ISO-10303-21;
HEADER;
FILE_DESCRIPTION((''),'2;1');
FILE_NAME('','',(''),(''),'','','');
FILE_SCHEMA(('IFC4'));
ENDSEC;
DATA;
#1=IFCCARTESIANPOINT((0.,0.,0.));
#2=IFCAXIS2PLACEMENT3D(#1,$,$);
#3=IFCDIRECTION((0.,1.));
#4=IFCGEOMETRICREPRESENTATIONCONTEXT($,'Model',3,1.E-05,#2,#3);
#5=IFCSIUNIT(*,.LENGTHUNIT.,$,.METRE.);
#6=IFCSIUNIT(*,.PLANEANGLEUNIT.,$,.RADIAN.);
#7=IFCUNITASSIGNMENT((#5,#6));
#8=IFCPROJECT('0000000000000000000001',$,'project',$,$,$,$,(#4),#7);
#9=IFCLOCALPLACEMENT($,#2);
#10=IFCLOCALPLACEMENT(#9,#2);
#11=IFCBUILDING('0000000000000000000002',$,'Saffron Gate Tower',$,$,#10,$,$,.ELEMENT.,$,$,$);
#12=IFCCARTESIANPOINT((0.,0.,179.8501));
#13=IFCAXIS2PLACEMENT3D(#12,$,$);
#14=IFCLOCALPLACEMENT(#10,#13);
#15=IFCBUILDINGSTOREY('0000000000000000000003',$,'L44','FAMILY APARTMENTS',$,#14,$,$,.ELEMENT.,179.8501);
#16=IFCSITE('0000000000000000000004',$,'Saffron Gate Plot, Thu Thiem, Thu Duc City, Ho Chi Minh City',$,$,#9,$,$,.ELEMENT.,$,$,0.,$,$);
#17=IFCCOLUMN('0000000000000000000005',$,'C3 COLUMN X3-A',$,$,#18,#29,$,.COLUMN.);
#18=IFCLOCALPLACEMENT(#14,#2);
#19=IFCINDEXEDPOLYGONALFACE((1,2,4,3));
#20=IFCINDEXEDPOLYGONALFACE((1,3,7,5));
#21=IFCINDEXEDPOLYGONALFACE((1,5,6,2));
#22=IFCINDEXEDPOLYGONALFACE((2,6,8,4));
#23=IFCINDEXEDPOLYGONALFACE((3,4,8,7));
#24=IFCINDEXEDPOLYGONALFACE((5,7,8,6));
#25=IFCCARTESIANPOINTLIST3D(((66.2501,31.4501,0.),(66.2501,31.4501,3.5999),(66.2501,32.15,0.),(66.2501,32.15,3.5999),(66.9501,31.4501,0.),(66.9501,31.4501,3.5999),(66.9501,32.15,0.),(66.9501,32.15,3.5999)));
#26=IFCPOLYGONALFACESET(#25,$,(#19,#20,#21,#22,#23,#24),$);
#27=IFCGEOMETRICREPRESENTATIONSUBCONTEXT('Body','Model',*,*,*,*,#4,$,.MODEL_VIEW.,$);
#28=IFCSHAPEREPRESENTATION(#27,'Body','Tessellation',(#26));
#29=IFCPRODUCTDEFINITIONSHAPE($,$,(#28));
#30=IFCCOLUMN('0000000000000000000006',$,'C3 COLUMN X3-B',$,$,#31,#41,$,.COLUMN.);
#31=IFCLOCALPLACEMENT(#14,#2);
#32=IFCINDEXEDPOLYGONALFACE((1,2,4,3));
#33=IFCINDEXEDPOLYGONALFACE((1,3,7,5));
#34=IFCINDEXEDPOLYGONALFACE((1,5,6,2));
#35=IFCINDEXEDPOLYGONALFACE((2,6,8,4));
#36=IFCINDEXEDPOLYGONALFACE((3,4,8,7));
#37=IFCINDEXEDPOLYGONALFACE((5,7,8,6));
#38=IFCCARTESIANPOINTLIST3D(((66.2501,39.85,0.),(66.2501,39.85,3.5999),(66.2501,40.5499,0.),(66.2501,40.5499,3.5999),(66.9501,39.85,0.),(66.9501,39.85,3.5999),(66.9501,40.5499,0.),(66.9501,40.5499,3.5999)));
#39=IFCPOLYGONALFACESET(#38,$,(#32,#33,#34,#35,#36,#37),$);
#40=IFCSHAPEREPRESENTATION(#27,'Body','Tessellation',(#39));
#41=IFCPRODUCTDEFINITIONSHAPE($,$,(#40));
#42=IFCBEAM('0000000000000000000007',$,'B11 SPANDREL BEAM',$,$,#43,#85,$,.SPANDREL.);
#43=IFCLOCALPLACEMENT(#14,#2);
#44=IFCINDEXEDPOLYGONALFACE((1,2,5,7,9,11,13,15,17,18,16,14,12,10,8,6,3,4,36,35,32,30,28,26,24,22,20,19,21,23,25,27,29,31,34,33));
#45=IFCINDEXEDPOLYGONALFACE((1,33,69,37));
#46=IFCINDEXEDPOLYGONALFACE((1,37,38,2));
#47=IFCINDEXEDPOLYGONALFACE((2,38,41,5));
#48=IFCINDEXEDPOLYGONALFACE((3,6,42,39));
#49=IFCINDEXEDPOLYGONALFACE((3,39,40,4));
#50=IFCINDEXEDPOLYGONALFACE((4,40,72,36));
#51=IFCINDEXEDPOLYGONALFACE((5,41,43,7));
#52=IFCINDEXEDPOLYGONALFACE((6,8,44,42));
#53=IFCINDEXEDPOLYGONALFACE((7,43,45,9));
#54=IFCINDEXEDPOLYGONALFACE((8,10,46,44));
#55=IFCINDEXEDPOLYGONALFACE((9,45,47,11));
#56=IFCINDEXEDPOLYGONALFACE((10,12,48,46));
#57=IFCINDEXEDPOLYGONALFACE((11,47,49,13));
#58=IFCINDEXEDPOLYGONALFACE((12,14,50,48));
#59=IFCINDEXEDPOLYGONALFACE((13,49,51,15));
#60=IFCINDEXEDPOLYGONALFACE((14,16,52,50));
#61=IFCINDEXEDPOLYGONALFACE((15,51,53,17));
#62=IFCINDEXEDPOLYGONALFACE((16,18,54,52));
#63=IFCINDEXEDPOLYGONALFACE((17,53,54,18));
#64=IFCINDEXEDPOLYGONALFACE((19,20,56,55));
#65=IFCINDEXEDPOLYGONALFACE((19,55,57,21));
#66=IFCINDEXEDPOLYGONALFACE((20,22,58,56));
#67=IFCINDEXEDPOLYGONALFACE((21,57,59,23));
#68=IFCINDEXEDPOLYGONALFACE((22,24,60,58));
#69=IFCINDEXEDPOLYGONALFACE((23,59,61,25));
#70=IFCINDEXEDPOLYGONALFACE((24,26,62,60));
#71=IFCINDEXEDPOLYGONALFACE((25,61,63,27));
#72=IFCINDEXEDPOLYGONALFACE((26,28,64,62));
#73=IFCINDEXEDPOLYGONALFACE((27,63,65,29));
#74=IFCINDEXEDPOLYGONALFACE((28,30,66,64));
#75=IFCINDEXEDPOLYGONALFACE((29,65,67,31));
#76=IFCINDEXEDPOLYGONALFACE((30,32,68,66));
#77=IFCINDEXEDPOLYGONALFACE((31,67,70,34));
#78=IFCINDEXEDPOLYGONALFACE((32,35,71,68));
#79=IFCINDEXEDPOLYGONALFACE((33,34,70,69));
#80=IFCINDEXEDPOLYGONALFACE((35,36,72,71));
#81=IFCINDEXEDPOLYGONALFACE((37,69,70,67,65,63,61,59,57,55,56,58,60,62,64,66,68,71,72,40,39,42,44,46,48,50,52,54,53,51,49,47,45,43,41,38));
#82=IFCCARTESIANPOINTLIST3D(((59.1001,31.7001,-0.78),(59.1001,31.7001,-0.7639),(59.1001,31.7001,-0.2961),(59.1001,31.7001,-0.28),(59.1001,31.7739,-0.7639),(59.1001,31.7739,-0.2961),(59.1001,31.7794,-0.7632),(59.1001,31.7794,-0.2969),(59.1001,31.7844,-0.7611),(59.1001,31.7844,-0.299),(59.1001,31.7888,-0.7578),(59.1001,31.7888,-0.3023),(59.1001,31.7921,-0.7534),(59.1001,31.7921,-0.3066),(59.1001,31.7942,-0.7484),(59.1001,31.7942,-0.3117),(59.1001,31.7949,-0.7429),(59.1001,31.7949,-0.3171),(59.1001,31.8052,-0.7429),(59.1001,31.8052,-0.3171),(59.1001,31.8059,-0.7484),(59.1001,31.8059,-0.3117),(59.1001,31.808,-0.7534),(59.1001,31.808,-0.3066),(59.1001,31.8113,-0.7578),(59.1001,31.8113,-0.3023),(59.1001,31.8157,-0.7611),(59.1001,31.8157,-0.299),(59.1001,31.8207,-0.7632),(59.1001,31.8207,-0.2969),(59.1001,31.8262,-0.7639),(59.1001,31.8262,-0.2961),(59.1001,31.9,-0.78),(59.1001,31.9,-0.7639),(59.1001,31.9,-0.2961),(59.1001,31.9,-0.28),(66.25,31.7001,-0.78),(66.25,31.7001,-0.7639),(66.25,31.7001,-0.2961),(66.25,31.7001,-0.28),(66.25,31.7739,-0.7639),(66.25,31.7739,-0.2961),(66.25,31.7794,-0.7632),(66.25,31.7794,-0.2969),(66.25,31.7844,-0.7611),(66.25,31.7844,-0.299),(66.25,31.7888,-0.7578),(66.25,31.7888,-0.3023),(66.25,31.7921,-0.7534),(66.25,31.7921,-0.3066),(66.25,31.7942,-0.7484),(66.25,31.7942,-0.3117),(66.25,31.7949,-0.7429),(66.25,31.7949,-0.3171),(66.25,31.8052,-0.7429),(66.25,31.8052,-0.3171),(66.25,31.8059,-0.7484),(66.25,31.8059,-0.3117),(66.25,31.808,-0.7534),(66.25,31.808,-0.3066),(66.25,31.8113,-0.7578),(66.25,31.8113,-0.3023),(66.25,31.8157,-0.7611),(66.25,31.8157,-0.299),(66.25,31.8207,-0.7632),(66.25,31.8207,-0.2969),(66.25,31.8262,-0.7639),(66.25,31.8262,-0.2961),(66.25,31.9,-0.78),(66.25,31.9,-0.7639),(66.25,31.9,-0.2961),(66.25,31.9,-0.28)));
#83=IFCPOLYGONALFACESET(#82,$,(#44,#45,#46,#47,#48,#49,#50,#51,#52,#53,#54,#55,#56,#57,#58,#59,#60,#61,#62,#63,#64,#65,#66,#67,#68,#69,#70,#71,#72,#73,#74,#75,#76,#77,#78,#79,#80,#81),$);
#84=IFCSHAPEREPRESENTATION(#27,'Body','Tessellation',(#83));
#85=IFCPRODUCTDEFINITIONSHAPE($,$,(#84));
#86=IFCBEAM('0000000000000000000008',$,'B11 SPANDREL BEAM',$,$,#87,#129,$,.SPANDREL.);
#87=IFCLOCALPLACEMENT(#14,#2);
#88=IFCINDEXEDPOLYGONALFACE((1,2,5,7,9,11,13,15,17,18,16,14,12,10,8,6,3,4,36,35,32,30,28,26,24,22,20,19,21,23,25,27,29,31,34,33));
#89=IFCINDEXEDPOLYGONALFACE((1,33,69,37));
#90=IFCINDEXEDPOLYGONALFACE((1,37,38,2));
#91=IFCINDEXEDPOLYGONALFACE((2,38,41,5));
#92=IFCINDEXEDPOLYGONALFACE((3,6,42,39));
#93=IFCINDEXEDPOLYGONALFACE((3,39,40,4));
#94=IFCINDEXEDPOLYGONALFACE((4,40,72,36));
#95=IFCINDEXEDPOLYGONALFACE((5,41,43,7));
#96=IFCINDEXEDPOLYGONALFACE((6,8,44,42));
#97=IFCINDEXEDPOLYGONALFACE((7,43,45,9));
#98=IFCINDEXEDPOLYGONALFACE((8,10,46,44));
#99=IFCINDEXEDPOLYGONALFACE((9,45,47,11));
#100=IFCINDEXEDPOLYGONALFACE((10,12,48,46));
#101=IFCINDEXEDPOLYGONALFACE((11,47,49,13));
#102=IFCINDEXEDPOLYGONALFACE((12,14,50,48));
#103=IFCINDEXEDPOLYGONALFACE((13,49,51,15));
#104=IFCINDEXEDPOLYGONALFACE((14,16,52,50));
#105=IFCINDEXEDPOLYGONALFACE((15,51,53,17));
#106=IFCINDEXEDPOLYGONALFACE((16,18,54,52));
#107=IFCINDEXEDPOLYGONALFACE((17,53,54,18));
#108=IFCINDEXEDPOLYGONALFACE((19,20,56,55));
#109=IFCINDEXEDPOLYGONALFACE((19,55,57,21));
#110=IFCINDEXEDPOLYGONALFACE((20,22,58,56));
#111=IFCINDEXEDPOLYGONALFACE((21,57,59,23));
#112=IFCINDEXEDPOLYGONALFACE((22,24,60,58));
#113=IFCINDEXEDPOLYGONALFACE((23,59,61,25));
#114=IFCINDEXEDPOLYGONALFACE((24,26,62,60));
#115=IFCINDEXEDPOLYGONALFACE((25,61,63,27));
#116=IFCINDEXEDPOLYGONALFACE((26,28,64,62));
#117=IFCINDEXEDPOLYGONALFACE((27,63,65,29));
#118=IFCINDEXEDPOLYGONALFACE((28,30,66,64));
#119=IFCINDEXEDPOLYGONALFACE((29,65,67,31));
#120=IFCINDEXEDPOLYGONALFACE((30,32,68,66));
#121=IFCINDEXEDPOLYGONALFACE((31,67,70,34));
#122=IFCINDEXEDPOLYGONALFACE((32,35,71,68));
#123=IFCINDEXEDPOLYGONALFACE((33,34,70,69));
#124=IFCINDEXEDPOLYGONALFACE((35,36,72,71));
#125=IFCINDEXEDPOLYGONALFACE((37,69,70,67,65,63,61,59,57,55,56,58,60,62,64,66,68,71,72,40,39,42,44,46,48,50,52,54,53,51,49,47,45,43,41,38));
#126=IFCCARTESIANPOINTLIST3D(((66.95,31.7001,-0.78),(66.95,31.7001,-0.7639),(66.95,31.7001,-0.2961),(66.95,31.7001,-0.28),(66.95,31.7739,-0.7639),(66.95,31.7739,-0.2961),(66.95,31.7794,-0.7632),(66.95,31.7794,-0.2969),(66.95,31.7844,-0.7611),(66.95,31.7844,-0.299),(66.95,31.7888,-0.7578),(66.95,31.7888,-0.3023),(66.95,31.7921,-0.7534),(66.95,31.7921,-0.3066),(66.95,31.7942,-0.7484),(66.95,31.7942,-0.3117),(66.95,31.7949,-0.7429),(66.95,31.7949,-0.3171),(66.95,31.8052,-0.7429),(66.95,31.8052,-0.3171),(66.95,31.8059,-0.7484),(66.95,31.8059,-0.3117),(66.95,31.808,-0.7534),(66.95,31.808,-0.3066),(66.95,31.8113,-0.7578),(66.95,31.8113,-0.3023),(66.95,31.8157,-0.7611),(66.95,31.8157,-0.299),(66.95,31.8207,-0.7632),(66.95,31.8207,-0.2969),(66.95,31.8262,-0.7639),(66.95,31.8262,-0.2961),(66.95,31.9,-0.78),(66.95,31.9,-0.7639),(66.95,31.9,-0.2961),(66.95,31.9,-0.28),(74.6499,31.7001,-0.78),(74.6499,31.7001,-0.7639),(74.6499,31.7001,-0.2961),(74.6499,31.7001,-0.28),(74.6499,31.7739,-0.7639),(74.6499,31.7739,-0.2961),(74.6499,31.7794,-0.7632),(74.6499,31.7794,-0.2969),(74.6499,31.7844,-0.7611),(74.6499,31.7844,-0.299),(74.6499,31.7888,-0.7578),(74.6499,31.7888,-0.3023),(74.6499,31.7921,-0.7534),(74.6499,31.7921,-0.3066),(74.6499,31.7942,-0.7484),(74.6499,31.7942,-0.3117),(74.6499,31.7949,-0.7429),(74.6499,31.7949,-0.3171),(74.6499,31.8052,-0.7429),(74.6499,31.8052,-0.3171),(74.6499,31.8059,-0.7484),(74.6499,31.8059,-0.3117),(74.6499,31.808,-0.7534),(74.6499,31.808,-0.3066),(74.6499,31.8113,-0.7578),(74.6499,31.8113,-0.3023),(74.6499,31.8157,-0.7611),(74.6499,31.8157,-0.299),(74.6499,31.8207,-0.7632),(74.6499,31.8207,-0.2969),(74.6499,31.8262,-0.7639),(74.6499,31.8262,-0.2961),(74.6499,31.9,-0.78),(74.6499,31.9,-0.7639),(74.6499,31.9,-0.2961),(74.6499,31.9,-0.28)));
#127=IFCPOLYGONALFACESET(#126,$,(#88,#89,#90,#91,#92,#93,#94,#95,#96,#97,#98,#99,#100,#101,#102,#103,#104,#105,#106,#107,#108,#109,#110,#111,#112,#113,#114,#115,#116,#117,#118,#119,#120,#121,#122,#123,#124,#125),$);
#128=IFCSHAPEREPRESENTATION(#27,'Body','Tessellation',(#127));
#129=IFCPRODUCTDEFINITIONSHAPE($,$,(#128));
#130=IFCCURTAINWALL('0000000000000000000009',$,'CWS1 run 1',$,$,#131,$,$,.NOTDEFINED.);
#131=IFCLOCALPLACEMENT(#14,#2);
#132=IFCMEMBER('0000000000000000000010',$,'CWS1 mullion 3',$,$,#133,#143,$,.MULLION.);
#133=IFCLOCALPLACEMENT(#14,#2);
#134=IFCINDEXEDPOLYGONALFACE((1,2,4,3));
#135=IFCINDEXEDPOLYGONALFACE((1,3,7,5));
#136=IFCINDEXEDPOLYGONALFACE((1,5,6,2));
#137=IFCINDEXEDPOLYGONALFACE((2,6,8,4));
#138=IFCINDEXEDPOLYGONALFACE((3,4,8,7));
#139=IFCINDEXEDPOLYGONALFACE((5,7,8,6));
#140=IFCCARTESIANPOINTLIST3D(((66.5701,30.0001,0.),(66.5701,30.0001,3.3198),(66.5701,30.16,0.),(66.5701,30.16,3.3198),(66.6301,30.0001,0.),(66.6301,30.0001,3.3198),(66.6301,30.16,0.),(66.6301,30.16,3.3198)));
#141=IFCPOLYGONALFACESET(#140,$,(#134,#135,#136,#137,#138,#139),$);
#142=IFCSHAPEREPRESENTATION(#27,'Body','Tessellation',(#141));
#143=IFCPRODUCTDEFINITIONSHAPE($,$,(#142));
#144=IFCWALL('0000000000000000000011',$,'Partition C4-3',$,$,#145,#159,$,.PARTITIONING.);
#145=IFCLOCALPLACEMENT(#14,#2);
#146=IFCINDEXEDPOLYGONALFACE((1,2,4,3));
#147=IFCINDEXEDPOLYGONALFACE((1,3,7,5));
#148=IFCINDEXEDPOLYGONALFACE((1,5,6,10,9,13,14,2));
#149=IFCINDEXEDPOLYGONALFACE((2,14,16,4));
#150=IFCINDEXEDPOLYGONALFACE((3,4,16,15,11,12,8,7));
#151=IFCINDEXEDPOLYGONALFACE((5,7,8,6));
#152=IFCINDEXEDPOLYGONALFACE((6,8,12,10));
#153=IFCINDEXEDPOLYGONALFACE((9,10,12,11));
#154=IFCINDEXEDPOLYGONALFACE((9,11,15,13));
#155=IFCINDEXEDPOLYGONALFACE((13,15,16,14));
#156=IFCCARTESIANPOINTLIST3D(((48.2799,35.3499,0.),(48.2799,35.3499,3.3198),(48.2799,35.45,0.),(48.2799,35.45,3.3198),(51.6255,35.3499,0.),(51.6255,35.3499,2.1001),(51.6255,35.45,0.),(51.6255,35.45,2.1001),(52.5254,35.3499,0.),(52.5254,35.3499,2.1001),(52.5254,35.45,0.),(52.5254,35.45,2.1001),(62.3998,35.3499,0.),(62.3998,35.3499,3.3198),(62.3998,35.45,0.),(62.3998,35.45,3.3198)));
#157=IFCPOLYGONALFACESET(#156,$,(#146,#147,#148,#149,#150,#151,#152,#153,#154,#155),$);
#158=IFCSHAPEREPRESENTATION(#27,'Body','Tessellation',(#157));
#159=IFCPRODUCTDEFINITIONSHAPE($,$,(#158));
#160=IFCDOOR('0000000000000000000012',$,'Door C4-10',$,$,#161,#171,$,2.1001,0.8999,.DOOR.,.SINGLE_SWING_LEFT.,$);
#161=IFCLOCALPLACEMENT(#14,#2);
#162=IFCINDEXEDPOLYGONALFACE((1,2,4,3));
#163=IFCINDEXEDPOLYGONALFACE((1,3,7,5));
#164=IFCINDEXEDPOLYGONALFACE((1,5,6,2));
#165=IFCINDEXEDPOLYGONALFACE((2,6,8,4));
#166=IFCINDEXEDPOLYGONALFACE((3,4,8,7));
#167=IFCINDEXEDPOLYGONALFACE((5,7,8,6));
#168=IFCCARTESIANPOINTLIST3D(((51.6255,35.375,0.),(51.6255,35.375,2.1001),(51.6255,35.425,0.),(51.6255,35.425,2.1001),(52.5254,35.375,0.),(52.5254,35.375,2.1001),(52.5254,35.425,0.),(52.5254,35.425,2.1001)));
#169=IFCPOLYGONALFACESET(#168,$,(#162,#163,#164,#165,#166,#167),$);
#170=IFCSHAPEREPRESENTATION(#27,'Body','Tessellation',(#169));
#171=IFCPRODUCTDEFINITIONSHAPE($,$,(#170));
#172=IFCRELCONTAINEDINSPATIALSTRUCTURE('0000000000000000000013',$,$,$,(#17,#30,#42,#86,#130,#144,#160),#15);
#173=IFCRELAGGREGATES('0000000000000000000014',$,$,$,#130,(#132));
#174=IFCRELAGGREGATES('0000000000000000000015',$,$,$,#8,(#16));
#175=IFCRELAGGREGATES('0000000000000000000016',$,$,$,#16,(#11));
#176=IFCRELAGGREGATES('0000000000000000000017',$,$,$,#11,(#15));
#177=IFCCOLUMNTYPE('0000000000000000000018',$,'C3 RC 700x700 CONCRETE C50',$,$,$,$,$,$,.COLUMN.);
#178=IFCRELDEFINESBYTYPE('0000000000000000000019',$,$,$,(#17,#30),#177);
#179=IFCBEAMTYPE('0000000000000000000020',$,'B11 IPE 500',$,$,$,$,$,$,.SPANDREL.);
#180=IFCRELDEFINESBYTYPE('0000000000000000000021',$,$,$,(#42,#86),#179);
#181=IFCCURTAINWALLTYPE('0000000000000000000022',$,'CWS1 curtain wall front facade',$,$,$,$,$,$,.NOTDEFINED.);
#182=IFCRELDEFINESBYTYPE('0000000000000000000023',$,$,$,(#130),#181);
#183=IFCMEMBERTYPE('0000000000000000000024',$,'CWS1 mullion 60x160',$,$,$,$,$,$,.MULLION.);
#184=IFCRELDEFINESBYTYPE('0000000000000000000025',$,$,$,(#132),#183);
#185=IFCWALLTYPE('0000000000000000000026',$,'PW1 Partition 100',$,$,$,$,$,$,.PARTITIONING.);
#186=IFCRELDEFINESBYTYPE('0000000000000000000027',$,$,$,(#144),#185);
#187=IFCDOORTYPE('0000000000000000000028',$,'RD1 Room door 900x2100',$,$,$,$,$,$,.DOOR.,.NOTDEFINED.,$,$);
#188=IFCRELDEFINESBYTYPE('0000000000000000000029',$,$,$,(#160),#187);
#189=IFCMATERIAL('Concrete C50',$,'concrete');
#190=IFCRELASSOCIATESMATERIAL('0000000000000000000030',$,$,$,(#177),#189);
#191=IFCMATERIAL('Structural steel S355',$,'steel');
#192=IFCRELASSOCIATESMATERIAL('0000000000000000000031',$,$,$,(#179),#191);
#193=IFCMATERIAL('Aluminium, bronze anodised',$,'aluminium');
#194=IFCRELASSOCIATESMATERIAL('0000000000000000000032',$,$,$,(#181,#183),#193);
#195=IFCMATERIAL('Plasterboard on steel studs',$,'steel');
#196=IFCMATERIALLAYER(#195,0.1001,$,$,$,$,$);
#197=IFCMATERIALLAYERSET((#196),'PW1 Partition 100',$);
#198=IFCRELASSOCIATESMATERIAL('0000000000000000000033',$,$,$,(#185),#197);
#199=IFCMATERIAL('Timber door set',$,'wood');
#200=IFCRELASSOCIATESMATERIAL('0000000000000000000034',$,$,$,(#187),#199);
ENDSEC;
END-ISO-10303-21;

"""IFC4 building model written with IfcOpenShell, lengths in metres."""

from ifc_helpers import new_model, si_unit, direction, frame, frame_2d, origin, origin_2d, place, context, subcontext, project, spatial, rectangle, i_section, extrude, material, layer, layer_set, material_profile, profile_set, type_object, element, fill, aggregate, save


model = new_model("IFC4")

# Units and contexts
model_context = context("Model", 3, precision=1e-05, world=origin(), true_north=direction((0.0, 1.0)))
body_context = subcontext(model_context, "Body", "Model", "MODEL_VIEW")
ifc_project = project(units=[si_unit("LENGTHUNIT", "METRE"), si_unit("PLANEANGLEUNIT", "RADIAN")], contexts=[model_context])

# Site, building, storey
site_placement = place(None, origin())
site = spatial("IfcSite", under=ifc_project, at=site_placement, Name="Saffron Gate Plot, Thu Thiem, Thu Duc City, Ho Chi Minh City", CompositionType="ELEMENT", RefElevation=0.0)
building_placement = place(site_placement, origin())
building = spatial("IfcBuilding", under=site, at=building_placement, Name="Saffron Gate Tower", CompositionType="ELEMENT")
storey_placement = place(building_placement, frame((0.0, 0.0, 179.8501)))
storey = spatial("IfcBuildingStorey", under=building, at=storey_placement, Name="L44", Description="FAMILY APARTMENTS", CompositionType="ELEMENT", Elevation=179.8501)

# Columns
ifc_material_1 = material(Name="Concrete C50", Category="concrete")
ifc_material_profile_1 = material_profile(ifc_material_1, rectangle(XDim=0.7, YDim=0.7, at=origin_2d()))
ifc_profile_set_1 = profile_set([ifc_material_profile_1], Name="Concrete C50")
column_type = type_object("IfcColumnType", Name="C3 RC 700x700 CONCRETE C50", PredefinedType="COLUMN", material=ifc_profile_set_1)
for number, where, z_axis, x_axis, name in (
    (1, (66.6001, 31.8, 0.0), (0.0, 0.0, 1.0), (1.0, 0.0, 0.0), "C3 COLUMN X3-A"),
    (2, (66.6001, 40.2, 0.0), (0.0, 0.0, 1.0), (1.0, 0.0, 0.0), "C3 COLUMN X3-B"),
):
    element("IfcColumn", number, at=place(storey_placement, frame(where, z_axis=z_axis, x_axis=x_axis)), inside=storey, type_object=column_type, Name=name, PredefinedType="COLUMN", context=body_context, shape_type="SweptSolid", body=[
        extrude(rectangle(XDim=0.7, YDim=0.7, at=origin_2d()), origin(), (0.0, 0.0, 1.0), 3.5999),
    ])

# Beams
ifc_material_2 = material(Name="Structural steel S355", Category="steel")
ifc_material_profile_2 = material_profile(ifc_material_2, i_section(OverallWidth=0.2, OverallDepth=0.5, WebThickness=0.0103, FlangeThickness=0.0161, FilletRadius=0.021, at=origin_2d()))
ifc_profile_set_2 = profile_set([ifc_material_profile_2], Name="Structural steel S355")
beam_type = type_object("IfcBeamType", Name="B11 IPE 500", PredefinedType="SPANDREL", material=ifc_profile_set_2)
beam_1_placement = place(storey_placement, frame((59.1001, 31.8, -0.53), z_axis=(1.0, 0.0, 0.0), x_axis=(0.0, 1.0, 0.0)))
element("IfcBeam", 3, at=beam_1_placement, inside=storey, type_object=beam_type, Name="B11 SPANDREL BEAM", PredefinedType="SPANDREL", context=body_context, shape_type="SweptSolid", body=[
    extrude(i_section(OverallWidth=0.2, OverallDepth=0.5, WebThickness=0.0103, FlangeThickness=0.0161, FilletRadius=0.021, at=origin_2d()), origin(), (0.0, 0.0, 1.0), 7.1499),
])
beam_2_placement = place(storey_placement, frame((66.95, 31.8, -0.53), z_axis=(1.0, 0.0, 0.0), x_axis=(0.0, 1.0, 0.0)))
element("IfcBeam", 4, at=beam_2_placement, inside=storey, type_object=beam_type, Name="B11 SPANDREL BEAM", PredefinedType="SPANDREL", context=body_context, shape_type="SweptSolid", body=[
    extrude(i_section(OverallWidth=0.2, OverallDepth=0.5, WebThickness=0.0103, FlangeThickness=0.0161, FilletRadius=0.021, at=origin_2d()), origin(), (0.0, 0.0, 1.0), 7.7),
])

# Curtain wall, member
ifc_material_3 = material(Name="Aluminium, bronze anodised", Category="aluminium")
curtain_wall_type = type_object("IfcCurtainWallType", Name="CWS1 curtain wall front facade", PredefinedType="NOTDEFINED", material=ifc_material_3)
curtain_wall_placement = place(storey_placement, origin())
curtain_wall = element("IfcCurtainWall", 5, at=curtain_wall_placement, inside=storey, type_object=curtain_wall_type, Name="CWS1 run 1", PredefinedType="NOTDEFINED")
ifc_material_profile_3 = material_profile(ifc_material_3, rectangle(XDim=0.1599, YDim=0.0601, at=origin_2d()))
ifc_profile_set_3 = profile_set([ifc_material_profile_3], Name="Aluminium, bronze anodised")
member_type = type_object("IfcMemberType", Name="CWS1 mullion 60x160", PredefinedType="MULLION", material=ifc_profile_set_3)
member_placement = place(storey_placement, frame((66.6001, 30.0801, 0.0), z_axis=(0.0, 0.0, 1.0), x_axis=(0.0, 1.0, 0.0)))
member = element("IfcMember", 6, at=member_placement, type_object=member_type, Name="CWS1 mullion 3", PredefinedType="MULLION", context=body_context, shape_type="SweptSolid", body=[
    extrude(rectangle(XDim=0.1599, YDim=0.0601, at=origin_2d()), origin(), (0.0, 0.0, 1.0), 3.3198),
])
aggregate(curtain_wall, [member])

# Wall, opening, door
ifc_material_4 = material(Name="Plasterboard on steel studs", Category="steel")
ifc_layer = layer(ifc_material_4, 0.1001)
ifc_layer_set = layer_set([ifc_layer], Name="PW1 Partition 100")
wall_type = type_object("IfcWallType", Name="PW1 Partition 100", PredefinedType="PARTITIONING", material=ifc_layer_set)
wall_1_placement = place(storey_placement, frame((62.3999, 35.3999, 0.0), z_axis=(0.0, 0.0, 1.0), x_axis=(-1.0, 0.0, 0.0)))
wall_1 = element("IfcWall", 7, at=wall_1_placement, inside=storey, type_object=wall_type, Name="Partition C4-3", PredefinedType="PARTITIONING", context=body_context, shape_type="SweptSolid", body=[
    extrude(rectangle(XDim=14.1199, YDim=0.1001, at=frame_2d((7.0601, 0.0))), origin(), (0.0, 0.0, 1.0), 3.3198),
])
opening_1_placement = place(wall_1_placement, frame((9.8745, 0.0, 0.0)))
opening_1 = element("IfcOpeningElement", 8, at=opening_1_placement, cuts=wall_1, PredefinedType="OPENING", context=body_context, shape_type="SweptSolid", body=[
    extrude(rectangle(XDim=0.8999, YDim=2.1001, at=frame_2d((0.45, 1.05))), frame((0.0, 0.0601, 0.0), z_axis=(0.0, -1.0, 0.0), x_axis=(1.0, 0.0, 0.0)), (0.0, 0.0, 1.0), 0.1201),
])
ifc_material_5 = material(Name="Timber door set", Category="wood")
door_type_1 = type_object("IfcDoorType", Name="RD1 Room door 900x2100", OperationType="NOTDEFINED", PredefinedType="DOOR", material=ifc_material_5)
door_1_placement = place(opening_1_placement, origin())
door_1 = element("IfcDoor", 9, at=door_1_placement, inside=storey, type_object=door_type_1, Name="Door C4-10", OperationType="SINGLE_SWING_LEFT", OverallHeight=2.1001, OverallWidth=0.8999, PredefinedType="DOOR", context=body_context, shape_type="SweptSolid", body=[
    extrude(rectangle(XDim=0.8999, YDim=2.1001, at=frame_2d((0.45, 1.05))), frame((0.0, 0.0249, 0.0), z_axis=(0.0, -1.0, 0.0), x_axis=(1.0, 0.0, 0.0)), (0.0, 0.0, 1.0), 0.05),
])
fill(opening_1, door_1)

save(model, "model.ifc")
